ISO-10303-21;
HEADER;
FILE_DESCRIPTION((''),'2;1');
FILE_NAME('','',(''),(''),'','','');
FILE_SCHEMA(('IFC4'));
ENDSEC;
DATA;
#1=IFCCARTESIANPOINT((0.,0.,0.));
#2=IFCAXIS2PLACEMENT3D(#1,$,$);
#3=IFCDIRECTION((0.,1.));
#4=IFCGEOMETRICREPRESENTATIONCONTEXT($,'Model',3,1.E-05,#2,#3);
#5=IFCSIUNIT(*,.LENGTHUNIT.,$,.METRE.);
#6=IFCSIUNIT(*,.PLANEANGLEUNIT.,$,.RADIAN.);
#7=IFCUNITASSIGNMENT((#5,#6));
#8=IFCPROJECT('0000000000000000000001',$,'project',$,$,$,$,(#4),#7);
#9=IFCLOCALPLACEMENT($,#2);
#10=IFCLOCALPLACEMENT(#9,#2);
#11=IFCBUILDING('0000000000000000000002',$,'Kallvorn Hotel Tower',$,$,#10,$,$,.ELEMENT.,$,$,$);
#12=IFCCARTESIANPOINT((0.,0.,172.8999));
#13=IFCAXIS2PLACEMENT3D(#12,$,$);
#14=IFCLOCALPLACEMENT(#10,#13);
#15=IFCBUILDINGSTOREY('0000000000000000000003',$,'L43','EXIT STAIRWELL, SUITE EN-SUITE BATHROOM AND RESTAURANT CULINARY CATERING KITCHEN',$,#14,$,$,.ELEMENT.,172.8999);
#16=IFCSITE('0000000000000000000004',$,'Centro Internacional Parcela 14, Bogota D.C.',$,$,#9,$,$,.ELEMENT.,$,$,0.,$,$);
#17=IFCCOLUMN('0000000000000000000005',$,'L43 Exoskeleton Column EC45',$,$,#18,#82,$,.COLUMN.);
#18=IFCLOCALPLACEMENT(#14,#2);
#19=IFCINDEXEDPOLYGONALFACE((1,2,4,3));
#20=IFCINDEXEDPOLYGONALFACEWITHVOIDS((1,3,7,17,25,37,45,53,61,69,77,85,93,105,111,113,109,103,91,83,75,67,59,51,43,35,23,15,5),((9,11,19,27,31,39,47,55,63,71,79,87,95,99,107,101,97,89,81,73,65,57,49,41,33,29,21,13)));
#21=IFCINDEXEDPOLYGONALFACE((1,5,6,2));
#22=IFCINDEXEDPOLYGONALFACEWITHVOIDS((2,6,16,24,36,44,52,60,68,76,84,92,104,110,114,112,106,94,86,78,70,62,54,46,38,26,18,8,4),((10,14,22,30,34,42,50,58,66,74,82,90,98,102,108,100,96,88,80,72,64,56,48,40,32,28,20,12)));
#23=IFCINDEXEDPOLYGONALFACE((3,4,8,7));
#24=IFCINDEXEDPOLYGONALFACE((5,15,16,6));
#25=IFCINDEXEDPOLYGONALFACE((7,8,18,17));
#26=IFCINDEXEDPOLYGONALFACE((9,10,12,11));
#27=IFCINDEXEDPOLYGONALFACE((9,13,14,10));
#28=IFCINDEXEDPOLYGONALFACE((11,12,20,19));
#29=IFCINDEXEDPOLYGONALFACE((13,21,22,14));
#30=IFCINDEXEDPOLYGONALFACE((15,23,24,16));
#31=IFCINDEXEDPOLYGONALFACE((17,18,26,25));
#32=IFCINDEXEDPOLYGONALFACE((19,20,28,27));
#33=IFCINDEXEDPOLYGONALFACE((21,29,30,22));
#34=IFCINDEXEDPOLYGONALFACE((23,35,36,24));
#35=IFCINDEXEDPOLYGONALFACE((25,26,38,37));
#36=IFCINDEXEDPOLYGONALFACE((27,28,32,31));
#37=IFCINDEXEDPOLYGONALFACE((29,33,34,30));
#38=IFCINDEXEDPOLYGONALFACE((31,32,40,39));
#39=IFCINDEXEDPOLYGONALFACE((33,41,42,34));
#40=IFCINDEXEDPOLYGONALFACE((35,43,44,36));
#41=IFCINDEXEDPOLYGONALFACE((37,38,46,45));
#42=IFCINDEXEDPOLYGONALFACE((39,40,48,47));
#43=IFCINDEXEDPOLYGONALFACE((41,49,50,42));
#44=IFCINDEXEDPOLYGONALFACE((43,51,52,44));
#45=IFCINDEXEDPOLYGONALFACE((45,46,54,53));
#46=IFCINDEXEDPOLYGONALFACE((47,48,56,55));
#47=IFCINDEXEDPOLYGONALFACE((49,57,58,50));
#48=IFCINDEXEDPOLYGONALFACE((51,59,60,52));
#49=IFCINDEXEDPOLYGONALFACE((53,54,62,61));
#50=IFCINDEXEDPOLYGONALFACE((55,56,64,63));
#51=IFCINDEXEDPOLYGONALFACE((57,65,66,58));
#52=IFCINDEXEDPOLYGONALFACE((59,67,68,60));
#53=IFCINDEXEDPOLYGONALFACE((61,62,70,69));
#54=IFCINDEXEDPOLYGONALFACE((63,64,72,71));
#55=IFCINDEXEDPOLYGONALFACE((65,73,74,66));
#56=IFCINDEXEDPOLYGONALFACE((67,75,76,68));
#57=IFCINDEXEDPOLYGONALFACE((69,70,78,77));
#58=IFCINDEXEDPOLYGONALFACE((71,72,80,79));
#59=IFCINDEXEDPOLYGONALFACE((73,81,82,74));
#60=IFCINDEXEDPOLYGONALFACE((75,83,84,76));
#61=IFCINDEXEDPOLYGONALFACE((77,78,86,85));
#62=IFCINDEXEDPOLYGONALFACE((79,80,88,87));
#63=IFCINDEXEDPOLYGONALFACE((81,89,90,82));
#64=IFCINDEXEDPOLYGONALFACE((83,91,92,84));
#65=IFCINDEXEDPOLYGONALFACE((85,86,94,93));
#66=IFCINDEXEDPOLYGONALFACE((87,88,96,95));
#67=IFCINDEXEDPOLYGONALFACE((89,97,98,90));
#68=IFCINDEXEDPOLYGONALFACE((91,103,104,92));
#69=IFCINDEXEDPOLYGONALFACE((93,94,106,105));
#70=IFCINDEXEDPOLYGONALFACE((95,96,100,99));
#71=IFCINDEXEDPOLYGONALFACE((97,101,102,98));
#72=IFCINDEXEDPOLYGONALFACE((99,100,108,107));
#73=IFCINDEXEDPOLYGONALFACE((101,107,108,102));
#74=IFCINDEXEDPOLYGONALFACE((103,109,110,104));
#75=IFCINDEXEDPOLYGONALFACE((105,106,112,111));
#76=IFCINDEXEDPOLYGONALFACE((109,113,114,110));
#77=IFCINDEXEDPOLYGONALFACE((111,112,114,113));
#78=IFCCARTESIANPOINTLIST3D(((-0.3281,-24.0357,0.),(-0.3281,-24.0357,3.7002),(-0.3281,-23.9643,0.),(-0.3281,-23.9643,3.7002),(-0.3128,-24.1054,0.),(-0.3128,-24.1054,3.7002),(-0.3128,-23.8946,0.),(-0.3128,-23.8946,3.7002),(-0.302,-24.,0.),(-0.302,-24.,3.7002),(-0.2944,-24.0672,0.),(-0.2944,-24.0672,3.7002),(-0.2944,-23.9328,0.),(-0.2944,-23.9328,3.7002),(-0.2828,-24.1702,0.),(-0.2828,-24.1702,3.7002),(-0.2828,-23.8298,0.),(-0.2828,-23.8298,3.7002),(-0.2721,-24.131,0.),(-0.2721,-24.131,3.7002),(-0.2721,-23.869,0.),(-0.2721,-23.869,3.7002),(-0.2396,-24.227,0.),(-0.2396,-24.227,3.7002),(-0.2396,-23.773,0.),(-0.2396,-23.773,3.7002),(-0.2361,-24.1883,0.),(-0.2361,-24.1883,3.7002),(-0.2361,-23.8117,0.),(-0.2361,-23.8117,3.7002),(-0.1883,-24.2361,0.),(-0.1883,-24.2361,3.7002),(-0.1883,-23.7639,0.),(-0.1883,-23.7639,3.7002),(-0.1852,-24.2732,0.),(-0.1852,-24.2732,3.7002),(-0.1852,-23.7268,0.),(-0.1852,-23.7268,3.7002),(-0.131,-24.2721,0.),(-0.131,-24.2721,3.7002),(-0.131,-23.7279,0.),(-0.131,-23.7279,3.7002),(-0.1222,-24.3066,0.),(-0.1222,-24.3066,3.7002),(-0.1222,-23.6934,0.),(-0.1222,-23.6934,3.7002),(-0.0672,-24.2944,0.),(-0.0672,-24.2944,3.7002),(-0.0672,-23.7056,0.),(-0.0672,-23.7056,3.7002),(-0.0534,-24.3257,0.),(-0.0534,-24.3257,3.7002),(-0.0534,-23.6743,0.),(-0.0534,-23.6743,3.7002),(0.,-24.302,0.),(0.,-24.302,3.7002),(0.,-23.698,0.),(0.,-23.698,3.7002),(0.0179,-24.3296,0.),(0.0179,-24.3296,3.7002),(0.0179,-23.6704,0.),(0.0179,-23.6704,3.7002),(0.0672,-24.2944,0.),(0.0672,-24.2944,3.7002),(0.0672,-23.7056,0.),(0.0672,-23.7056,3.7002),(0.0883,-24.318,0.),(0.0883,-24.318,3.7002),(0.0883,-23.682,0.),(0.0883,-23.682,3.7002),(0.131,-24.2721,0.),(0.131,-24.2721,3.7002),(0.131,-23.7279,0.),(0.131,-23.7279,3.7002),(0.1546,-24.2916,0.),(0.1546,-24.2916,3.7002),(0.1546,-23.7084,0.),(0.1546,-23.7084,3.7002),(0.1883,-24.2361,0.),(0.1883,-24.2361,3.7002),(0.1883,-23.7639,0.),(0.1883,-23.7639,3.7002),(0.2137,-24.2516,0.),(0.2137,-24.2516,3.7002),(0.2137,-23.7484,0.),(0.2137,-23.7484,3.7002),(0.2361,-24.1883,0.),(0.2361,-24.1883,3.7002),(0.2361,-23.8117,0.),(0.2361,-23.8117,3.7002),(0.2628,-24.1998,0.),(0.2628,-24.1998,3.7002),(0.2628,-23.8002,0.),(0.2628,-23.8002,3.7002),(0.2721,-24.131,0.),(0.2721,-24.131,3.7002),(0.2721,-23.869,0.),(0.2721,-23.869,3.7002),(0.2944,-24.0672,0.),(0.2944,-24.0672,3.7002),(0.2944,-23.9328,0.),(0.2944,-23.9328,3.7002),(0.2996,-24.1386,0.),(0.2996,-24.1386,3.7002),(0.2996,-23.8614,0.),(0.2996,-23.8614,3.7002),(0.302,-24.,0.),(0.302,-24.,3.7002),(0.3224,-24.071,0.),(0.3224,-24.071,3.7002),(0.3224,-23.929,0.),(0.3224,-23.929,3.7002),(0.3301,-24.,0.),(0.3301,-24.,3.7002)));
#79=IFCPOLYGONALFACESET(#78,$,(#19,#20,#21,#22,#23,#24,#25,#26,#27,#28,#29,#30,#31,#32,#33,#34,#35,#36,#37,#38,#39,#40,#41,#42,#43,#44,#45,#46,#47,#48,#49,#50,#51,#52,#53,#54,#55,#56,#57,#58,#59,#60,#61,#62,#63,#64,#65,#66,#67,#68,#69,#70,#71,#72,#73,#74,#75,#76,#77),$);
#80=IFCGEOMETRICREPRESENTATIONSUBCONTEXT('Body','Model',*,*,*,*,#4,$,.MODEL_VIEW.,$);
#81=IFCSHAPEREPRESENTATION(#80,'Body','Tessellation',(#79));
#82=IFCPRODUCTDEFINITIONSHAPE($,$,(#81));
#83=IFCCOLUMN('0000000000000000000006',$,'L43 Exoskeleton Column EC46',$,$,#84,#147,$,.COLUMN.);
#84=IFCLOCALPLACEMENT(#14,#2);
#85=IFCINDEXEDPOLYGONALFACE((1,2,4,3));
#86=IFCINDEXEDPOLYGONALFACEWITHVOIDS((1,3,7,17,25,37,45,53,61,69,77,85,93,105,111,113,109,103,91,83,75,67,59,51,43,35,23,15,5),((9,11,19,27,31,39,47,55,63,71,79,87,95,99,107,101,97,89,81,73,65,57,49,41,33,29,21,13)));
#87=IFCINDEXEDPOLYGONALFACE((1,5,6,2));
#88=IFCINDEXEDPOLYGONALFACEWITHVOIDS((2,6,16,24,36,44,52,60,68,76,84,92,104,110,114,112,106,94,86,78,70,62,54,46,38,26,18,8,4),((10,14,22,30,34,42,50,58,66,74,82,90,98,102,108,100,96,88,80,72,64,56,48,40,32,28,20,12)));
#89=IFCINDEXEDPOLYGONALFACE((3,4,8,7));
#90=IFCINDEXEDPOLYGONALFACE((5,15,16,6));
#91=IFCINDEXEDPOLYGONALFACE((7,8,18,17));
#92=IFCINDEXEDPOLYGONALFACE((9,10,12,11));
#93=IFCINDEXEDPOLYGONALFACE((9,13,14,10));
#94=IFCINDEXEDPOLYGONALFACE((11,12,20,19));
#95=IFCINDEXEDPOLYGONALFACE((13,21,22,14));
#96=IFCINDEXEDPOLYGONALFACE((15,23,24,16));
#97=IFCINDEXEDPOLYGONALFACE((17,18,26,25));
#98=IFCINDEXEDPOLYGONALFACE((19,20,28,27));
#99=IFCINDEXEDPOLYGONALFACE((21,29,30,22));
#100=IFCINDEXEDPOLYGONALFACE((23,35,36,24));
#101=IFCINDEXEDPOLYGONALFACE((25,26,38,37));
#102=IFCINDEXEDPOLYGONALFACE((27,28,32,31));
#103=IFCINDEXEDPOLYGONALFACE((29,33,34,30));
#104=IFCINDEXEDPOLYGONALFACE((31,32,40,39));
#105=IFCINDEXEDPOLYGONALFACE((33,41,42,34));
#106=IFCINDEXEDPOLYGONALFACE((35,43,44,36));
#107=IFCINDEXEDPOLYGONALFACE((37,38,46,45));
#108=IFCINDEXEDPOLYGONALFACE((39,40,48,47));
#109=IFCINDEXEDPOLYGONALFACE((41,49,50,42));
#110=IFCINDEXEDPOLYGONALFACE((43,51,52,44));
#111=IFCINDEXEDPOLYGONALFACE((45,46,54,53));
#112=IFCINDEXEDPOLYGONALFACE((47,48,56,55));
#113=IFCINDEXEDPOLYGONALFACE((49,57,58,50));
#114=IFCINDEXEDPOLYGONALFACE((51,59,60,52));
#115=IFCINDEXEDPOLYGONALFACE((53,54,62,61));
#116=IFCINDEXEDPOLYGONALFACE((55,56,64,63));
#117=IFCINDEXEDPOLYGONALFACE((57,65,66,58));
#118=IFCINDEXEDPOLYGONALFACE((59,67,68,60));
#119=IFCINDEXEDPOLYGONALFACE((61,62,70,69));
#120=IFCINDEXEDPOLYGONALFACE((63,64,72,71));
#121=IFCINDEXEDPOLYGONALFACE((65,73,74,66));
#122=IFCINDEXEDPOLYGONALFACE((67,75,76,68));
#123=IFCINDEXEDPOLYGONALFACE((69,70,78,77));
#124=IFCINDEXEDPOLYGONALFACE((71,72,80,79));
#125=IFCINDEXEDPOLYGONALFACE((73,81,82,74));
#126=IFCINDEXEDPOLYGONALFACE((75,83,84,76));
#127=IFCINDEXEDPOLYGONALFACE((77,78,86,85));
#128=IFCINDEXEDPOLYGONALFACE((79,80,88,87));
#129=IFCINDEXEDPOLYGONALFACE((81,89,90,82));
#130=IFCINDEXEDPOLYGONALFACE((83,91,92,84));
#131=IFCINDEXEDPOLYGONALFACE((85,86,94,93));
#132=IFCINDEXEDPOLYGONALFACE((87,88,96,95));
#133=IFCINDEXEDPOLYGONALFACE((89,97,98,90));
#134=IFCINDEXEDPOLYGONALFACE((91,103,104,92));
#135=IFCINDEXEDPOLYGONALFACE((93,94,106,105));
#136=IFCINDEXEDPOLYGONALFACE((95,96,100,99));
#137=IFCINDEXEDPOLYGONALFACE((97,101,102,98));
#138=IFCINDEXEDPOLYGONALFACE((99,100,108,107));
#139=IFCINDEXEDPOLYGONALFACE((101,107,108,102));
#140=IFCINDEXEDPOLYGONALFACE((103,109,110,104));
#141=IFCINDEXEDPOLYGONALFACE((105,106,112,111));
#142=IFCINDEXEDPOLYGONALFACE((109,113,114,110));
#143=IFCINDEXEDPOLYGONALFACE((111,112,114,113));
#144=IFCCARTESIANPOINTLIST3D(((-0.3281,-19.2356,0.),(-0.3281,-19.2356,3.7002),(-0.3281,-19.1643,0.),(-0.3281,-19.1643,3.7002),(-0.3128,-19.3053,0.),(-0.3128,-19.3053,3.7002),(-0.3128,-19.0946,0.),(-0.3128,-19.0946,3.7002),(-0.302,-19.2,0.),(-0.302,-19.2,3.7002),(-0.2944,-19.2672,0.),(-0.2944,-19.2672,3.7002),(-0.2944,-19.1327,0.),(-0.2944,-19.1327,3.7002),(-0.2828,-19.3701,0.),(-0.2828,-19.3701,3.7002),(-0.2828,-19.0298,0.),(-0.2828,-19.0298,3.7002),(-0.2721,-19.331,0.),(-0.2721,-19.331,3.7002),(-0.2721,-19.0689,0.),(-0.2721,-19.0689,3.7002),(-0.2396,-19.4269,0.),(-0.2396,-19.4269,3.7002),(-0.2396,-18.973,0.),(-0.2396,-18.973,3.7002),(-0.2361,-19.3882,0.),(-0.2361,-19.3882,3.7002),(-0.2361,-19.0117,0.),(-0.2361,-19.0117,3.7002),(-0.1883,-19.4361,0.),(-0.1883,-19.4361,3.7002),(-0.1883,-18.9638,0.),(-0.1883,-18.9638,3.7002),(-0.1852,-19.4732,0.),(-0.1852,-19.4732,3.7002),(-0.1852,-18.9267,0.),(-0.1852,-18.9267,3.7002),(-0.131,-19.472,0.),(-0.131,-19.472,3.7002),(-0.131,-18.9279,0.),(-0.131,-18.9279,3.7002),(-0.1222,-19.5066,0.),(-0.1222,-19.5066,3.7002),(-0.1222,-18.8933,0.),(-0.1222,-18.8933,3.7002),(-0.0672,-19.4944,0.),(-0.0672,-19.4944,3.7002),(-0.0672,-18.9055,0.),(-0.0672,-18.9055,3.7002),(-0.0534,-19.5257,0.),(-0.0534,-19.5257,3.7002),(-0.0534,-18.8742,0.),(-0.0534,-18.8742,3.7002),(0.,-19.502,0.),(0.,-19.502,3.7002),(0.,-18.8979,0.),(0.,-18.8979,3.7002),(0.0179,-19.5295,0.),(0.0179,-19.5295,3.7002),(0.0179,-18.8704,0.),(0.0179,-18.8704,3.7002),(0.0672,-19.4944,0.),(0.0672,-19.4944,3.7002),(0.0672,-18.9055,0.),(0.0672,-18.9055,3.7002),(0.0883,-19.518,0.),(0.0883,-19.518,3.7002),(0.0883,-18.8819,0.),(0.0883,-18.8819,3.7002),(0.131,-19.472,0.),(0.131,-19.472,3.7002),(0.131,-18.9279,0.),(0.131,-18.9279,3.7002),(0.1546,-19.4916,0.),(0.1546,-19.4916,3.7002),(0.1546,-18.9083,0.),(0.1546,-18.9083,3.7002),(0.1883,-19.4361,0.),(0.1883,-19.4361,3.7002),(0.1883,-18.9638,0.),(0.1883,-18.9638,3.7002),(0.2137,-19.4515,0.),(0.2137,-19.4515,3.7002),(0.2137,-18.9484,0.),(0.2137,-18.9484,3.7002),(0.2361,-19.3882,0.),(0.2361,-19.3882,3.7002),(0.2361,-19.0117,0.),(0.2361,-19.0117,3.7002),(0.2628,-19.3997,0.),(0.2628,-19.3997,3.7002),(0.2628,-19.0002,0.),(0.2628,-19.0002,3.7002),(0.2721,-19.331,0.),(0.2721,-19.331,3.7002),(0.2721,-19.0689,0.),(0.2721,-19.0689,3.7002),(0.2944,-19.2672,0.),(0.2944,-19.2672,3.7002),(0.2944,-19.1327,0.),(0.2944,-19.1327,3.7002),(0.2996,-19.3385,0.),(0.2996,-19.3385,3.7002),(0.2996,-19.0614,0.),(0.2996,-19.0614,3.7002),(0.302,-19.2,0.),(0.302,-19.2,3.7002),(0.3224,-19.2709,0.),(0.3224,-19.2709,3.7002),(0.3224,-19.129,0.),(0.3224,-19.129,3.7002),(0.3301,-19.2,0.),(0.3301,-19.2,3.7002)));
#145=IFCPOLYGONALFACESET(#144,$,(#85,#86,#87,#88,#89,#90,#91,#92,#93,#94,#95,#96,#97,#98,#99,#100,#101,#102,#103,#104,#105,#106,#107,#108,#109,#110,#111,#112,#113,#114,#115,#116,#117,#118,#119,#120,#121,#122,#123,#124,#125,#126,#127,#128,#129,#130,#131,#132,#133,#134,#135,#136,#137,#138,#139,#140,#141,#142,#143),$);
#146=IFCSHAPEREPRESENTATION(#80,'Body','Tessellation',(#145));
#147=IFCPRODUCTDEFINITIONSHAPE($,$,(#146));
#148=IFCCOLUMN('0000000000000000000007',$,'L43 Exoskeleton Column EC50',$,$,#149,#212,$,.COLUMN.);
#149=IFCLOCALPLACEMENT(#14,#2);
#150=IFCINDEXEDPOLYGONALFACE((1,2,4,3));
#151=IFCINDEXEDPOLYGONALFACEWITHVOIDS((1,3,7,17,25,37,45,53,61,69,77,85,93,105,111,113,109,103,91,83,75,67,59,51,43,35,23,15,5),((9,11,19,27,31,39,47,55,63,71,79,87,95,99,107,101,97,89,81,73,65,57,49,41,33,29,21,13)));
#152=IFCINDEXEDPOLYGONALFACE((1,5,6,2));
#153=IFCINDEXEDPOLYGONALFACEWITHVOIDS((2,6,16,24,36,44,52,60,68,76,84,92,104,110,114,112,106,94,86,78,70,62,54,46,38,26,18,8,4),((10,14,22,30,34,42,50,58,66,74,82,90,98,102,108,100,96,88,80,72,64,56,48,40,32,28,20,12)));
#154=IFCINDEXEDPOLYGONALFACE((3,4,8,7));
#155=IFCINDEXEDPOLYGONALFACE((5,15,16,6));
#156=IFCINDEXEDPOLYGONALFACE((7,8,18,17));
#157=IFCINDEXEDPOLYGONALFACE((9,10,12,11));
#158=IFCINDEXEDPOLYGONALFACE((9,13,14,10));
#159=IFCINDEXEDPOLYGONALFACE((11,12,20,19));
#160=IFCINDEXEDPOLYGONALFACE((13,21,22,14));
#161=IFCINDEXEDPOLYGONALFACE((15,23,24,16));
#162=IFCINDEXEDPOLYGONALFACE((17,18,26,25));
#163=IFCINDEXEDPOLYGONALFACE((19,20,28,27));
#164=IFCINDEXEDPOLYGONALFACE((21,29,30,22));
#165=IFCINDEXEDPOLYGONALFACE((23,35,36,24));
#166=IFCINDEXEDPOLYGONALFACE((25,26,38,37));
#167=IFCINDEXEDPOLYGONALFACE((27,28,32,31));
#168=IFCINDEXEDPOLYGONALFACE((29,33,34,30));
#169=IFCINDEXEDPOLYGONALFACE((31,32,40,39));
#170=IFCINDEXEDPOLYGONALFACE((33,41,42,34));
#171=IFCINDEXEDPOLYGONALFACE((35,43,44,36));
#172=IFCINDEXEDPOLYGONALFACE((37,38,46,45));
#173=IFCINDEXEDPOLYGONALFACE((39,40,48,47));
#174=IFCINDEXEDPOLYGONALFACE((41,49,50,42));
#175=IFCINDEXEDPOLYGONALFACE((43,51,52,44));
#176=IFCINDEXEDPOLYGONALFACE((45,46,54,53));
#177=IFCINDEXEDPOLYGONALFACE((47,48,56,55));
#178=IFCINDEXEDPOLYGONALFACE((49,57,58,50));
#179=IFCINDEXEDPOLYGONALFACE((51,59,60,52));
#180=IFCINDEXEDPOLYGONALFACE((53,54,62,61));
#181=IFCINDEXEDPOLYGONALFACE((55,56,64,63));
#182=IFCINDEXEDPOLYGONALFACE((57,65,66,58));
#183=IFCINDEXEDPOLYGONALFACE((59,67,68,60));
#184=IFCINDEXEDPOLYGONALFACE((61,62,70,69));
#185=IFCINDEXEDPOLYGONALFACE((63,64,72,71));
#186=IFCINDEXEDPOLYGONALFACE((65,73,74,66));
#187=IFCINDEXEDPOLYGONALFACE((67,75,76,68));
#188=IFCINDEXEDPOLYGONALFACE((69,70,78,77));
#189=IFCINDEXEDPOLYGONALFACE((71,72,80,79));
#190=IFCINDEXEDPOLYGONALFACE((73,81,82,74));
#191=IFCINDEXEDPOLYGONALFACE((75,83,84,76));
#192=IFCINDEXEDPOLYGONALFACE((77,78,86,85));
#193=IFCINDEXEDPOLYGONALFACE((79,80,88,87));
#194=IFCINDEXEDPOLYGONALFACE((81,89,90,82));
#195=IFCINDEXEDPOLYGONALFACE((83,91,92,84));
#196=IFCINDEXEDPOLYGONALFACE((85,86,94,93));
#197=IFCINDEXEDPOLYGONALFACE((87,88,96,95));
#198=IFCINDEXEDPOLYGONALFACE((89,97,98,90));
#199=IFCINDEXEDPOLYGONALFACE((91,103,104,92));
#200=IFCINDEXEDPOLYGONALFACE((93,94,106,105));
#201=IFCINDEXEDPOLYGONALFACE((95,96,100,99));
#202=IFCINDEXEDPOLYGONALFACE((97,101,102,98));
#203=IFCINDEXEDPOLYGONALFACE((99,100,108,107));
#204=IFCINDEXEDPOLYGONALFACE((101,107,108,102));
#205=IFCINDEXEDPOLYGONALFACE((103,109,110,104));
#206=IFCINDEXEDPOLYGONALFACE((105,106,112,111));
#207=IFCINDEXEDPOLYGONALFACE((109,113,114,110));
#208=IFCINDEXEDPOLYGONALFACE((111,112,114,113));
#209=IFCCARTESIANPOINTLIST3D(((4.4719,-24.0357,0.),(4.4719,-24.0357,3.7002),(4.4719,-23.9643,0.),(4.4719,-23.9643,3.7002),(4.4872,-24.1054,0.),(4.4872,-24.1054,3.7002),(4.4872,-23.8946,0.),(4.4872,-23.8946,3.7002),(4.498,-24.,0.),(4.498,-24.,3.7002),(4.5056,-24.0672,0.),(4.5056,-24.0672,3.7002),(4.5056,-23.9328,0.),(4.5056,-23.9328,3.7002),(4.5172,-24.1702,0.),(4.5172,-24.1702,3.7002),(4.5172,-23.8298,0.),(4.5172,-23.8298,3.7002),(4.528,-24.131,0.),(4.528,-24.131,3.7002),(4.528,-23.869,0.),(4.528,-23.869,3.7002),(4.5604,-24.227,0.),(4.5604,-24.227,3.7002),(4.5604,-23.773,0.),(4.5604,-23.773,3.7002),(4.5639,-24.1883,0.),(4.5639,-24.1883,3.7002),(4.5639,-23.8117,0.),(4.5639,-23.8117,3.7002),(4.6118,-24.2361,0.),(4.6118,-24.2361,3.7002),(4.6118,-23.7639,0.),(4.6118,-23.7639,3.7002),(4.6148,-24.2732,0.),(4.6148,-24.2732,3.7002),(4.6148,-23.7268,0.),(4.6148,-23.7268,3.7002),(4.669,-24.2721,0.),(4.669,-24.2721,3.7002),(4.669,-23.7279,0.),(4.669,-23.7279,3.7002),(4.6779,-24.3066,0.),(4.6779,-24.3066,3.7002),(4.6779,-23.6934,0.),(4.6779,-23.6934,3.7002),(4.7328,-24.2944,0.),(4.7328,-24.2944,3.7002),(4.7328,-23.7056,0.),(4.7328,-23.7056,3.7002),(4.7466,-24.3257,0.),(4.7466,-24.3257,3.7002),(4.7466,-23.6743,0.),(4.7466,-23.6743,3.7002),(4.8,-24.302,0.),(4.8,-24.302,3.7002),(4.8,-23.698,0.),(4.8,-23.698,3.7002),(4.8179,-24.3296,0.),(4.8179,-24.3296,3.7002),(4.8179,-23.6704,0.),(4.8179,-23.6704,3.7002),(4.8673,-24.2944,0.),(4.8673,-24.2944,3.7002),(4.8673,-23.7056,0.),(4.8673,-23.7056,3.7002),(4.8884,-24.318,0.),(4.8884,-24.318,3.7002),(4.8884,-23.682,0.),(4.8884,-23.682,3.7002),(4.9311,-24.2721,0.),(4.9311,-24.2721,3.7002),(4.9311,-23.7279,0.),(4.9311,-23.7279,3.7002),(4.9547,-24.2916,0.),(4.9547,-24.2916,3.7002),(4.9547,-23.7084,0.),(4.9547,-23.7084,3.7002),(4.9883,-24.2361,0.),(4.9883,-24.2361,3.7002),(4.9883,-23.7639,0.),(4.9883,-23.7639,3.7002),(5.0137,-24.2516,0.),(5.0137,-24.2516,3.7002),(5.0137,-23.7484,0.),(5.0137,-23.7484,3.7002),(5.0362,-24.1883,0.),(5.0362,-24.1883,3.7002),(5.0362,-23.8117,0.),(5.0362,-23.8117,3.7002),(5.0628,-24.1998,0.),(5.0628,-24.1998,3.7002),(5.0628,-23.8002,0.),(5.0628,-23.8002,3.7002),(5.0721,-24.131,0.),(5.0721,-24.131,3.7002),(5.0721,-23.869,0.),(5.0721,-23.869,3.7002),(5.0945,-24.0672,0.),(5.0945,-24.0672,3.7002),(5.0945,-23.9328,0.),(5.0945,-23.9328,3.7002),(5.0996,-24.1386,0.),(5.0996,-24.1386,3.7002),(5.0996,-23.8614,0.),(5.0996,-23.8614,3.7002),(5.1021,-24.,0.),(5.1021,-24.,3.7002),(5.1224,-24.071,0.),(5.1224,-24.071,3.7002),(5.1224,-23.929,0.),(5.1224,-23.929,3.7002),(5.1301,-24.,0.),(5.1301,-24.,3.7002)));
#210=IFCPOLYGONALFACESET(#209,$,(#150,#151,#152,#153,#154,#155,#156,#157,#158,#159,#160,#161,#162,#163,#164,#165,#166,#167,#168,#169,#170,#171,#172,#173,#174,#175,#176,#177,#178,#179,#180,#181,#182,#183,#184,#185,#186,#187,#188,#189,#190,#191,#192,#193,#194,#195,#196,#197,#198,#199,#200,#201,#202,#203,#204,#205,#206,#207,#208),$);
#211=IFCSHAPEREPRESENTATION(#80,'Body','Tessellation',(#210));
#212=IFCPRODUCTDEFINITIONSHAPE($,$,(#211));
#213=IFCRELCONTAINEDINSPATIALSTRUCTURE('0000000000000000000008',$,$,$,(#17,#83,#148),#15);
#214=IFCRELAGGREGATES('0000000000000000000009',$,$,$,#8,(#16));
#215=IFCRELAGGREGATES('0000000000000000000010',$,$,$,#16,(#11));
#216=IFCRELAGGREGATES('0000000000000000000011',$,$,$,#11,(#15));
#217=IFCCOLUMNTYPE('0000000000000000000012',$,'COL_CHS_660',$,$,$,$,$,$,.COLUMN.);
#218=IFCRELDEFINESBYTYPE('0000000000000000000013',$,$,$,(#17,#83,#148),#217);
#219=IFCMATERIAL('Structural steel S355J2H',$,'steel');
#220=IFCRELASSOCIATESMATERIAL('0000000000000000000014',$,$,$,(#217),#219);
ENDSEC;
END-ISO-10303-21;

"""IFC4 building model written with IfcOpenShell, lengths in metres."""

from ifc_helpers import new_model, si_unit, direction, frame, origin, origin_2d, place, context, subcontext, project, spatial, hollow_circle, extrude, material, material_profile, profile_set, type_object, element, save


model = new_model("IFC4")

# Units and contexts
model_context = context("Model", 3, precision=1e-05, world=origin(), true_north=direction((0.0, 1.0)))
body_context = subcontext(model_context, "Body", "Model", "MODEL_VIEW")
ifc_project = project(units=[si_unit("LENGTHUNIT", "METRE"), si_unit("PLANEANGLEUNIT", "RADIAN")], contexts=[model_context])

# Site, building, storey
site_placement = place(None, origin())
site = spatial("IfcSite", under=ifc_project, at=site_placement, Name="Centro Internacional Parcela 14, Bogota D.C.", CompositionType="ELEMENT", RefElevation=0.0)
building_placement = place(site_placement, origin())
building = spatial("IfcBuilding", under=site, at=building_placement, Name="Kallvorn Hotel Tower", CompositionType="ELEMENT")
storey_placement = place(building_placement, frame((0.0, 0.0, 172.8999)))
storey = spatial("IfcBuildingStorey", under=building, at=storey_placement, Name="L43", Description="EXIT STAIRWELL, SUITE EN-SUITE BATHROOM AND RESTAURANT CULINARY CATERING KITCHEN", CompositionType="ELEMENT", Elevation=172.8999)

# Columns
ifc_material_1 = material(Name="Structural steel S355J2H", Category="steel")
ifc_material_profile_1 = material_profile(ifc_material_1, hollow_circle(Radius=0.3301, WallThickness=0.0281, at=origin_2d()), Name="CHS 660x28")
ifc_profile_set_1 = profile_set([ifc_material_profile_1], Name="Structural steel S355J2H")
column_type_1 = type_object("IfcColumnType", Name="COL_CHS_660", PredefinedType="COLUMN", material=ifc_profile_set_1)
for number, where, z_axis, x_axis, name in (
    (1, (0.0, -24.0, 0.0), (0.0, 0.0, 1.0), (1.0, 0.0, 0.0), "L43 Exoskeleton Column EC45"),
    (2, (0.0, -19.2, 0.0), (0.0, 0.0, 1.0), (1.0, 0.0, 0.0), "L43 Exoskeleton Column EC46"),
    (3, (4.8, -24.0, 0.0), (0.0, 0.0, 1.0), (1.0, 0.0, 0.0), "L43 Exoskeleton Column EC50"),
):
    element("IfcColumn", number, at=place(storey_placement, frame(where, z_axis=z_axis, x_axis=x_axis)), inside=storey, type_object=column_type_1, Name=name, PredefinedType="COLUMN", context=body_context, shape_type="SweptSolid", body=[
        extrude(hollow_circle(Radius=0.3301, WallThickness=0.0281, at=origin_2d()), origin(), (0.0, 0.0, 1.0), 3.7002),
    ])

save(model, "model.ifc")
